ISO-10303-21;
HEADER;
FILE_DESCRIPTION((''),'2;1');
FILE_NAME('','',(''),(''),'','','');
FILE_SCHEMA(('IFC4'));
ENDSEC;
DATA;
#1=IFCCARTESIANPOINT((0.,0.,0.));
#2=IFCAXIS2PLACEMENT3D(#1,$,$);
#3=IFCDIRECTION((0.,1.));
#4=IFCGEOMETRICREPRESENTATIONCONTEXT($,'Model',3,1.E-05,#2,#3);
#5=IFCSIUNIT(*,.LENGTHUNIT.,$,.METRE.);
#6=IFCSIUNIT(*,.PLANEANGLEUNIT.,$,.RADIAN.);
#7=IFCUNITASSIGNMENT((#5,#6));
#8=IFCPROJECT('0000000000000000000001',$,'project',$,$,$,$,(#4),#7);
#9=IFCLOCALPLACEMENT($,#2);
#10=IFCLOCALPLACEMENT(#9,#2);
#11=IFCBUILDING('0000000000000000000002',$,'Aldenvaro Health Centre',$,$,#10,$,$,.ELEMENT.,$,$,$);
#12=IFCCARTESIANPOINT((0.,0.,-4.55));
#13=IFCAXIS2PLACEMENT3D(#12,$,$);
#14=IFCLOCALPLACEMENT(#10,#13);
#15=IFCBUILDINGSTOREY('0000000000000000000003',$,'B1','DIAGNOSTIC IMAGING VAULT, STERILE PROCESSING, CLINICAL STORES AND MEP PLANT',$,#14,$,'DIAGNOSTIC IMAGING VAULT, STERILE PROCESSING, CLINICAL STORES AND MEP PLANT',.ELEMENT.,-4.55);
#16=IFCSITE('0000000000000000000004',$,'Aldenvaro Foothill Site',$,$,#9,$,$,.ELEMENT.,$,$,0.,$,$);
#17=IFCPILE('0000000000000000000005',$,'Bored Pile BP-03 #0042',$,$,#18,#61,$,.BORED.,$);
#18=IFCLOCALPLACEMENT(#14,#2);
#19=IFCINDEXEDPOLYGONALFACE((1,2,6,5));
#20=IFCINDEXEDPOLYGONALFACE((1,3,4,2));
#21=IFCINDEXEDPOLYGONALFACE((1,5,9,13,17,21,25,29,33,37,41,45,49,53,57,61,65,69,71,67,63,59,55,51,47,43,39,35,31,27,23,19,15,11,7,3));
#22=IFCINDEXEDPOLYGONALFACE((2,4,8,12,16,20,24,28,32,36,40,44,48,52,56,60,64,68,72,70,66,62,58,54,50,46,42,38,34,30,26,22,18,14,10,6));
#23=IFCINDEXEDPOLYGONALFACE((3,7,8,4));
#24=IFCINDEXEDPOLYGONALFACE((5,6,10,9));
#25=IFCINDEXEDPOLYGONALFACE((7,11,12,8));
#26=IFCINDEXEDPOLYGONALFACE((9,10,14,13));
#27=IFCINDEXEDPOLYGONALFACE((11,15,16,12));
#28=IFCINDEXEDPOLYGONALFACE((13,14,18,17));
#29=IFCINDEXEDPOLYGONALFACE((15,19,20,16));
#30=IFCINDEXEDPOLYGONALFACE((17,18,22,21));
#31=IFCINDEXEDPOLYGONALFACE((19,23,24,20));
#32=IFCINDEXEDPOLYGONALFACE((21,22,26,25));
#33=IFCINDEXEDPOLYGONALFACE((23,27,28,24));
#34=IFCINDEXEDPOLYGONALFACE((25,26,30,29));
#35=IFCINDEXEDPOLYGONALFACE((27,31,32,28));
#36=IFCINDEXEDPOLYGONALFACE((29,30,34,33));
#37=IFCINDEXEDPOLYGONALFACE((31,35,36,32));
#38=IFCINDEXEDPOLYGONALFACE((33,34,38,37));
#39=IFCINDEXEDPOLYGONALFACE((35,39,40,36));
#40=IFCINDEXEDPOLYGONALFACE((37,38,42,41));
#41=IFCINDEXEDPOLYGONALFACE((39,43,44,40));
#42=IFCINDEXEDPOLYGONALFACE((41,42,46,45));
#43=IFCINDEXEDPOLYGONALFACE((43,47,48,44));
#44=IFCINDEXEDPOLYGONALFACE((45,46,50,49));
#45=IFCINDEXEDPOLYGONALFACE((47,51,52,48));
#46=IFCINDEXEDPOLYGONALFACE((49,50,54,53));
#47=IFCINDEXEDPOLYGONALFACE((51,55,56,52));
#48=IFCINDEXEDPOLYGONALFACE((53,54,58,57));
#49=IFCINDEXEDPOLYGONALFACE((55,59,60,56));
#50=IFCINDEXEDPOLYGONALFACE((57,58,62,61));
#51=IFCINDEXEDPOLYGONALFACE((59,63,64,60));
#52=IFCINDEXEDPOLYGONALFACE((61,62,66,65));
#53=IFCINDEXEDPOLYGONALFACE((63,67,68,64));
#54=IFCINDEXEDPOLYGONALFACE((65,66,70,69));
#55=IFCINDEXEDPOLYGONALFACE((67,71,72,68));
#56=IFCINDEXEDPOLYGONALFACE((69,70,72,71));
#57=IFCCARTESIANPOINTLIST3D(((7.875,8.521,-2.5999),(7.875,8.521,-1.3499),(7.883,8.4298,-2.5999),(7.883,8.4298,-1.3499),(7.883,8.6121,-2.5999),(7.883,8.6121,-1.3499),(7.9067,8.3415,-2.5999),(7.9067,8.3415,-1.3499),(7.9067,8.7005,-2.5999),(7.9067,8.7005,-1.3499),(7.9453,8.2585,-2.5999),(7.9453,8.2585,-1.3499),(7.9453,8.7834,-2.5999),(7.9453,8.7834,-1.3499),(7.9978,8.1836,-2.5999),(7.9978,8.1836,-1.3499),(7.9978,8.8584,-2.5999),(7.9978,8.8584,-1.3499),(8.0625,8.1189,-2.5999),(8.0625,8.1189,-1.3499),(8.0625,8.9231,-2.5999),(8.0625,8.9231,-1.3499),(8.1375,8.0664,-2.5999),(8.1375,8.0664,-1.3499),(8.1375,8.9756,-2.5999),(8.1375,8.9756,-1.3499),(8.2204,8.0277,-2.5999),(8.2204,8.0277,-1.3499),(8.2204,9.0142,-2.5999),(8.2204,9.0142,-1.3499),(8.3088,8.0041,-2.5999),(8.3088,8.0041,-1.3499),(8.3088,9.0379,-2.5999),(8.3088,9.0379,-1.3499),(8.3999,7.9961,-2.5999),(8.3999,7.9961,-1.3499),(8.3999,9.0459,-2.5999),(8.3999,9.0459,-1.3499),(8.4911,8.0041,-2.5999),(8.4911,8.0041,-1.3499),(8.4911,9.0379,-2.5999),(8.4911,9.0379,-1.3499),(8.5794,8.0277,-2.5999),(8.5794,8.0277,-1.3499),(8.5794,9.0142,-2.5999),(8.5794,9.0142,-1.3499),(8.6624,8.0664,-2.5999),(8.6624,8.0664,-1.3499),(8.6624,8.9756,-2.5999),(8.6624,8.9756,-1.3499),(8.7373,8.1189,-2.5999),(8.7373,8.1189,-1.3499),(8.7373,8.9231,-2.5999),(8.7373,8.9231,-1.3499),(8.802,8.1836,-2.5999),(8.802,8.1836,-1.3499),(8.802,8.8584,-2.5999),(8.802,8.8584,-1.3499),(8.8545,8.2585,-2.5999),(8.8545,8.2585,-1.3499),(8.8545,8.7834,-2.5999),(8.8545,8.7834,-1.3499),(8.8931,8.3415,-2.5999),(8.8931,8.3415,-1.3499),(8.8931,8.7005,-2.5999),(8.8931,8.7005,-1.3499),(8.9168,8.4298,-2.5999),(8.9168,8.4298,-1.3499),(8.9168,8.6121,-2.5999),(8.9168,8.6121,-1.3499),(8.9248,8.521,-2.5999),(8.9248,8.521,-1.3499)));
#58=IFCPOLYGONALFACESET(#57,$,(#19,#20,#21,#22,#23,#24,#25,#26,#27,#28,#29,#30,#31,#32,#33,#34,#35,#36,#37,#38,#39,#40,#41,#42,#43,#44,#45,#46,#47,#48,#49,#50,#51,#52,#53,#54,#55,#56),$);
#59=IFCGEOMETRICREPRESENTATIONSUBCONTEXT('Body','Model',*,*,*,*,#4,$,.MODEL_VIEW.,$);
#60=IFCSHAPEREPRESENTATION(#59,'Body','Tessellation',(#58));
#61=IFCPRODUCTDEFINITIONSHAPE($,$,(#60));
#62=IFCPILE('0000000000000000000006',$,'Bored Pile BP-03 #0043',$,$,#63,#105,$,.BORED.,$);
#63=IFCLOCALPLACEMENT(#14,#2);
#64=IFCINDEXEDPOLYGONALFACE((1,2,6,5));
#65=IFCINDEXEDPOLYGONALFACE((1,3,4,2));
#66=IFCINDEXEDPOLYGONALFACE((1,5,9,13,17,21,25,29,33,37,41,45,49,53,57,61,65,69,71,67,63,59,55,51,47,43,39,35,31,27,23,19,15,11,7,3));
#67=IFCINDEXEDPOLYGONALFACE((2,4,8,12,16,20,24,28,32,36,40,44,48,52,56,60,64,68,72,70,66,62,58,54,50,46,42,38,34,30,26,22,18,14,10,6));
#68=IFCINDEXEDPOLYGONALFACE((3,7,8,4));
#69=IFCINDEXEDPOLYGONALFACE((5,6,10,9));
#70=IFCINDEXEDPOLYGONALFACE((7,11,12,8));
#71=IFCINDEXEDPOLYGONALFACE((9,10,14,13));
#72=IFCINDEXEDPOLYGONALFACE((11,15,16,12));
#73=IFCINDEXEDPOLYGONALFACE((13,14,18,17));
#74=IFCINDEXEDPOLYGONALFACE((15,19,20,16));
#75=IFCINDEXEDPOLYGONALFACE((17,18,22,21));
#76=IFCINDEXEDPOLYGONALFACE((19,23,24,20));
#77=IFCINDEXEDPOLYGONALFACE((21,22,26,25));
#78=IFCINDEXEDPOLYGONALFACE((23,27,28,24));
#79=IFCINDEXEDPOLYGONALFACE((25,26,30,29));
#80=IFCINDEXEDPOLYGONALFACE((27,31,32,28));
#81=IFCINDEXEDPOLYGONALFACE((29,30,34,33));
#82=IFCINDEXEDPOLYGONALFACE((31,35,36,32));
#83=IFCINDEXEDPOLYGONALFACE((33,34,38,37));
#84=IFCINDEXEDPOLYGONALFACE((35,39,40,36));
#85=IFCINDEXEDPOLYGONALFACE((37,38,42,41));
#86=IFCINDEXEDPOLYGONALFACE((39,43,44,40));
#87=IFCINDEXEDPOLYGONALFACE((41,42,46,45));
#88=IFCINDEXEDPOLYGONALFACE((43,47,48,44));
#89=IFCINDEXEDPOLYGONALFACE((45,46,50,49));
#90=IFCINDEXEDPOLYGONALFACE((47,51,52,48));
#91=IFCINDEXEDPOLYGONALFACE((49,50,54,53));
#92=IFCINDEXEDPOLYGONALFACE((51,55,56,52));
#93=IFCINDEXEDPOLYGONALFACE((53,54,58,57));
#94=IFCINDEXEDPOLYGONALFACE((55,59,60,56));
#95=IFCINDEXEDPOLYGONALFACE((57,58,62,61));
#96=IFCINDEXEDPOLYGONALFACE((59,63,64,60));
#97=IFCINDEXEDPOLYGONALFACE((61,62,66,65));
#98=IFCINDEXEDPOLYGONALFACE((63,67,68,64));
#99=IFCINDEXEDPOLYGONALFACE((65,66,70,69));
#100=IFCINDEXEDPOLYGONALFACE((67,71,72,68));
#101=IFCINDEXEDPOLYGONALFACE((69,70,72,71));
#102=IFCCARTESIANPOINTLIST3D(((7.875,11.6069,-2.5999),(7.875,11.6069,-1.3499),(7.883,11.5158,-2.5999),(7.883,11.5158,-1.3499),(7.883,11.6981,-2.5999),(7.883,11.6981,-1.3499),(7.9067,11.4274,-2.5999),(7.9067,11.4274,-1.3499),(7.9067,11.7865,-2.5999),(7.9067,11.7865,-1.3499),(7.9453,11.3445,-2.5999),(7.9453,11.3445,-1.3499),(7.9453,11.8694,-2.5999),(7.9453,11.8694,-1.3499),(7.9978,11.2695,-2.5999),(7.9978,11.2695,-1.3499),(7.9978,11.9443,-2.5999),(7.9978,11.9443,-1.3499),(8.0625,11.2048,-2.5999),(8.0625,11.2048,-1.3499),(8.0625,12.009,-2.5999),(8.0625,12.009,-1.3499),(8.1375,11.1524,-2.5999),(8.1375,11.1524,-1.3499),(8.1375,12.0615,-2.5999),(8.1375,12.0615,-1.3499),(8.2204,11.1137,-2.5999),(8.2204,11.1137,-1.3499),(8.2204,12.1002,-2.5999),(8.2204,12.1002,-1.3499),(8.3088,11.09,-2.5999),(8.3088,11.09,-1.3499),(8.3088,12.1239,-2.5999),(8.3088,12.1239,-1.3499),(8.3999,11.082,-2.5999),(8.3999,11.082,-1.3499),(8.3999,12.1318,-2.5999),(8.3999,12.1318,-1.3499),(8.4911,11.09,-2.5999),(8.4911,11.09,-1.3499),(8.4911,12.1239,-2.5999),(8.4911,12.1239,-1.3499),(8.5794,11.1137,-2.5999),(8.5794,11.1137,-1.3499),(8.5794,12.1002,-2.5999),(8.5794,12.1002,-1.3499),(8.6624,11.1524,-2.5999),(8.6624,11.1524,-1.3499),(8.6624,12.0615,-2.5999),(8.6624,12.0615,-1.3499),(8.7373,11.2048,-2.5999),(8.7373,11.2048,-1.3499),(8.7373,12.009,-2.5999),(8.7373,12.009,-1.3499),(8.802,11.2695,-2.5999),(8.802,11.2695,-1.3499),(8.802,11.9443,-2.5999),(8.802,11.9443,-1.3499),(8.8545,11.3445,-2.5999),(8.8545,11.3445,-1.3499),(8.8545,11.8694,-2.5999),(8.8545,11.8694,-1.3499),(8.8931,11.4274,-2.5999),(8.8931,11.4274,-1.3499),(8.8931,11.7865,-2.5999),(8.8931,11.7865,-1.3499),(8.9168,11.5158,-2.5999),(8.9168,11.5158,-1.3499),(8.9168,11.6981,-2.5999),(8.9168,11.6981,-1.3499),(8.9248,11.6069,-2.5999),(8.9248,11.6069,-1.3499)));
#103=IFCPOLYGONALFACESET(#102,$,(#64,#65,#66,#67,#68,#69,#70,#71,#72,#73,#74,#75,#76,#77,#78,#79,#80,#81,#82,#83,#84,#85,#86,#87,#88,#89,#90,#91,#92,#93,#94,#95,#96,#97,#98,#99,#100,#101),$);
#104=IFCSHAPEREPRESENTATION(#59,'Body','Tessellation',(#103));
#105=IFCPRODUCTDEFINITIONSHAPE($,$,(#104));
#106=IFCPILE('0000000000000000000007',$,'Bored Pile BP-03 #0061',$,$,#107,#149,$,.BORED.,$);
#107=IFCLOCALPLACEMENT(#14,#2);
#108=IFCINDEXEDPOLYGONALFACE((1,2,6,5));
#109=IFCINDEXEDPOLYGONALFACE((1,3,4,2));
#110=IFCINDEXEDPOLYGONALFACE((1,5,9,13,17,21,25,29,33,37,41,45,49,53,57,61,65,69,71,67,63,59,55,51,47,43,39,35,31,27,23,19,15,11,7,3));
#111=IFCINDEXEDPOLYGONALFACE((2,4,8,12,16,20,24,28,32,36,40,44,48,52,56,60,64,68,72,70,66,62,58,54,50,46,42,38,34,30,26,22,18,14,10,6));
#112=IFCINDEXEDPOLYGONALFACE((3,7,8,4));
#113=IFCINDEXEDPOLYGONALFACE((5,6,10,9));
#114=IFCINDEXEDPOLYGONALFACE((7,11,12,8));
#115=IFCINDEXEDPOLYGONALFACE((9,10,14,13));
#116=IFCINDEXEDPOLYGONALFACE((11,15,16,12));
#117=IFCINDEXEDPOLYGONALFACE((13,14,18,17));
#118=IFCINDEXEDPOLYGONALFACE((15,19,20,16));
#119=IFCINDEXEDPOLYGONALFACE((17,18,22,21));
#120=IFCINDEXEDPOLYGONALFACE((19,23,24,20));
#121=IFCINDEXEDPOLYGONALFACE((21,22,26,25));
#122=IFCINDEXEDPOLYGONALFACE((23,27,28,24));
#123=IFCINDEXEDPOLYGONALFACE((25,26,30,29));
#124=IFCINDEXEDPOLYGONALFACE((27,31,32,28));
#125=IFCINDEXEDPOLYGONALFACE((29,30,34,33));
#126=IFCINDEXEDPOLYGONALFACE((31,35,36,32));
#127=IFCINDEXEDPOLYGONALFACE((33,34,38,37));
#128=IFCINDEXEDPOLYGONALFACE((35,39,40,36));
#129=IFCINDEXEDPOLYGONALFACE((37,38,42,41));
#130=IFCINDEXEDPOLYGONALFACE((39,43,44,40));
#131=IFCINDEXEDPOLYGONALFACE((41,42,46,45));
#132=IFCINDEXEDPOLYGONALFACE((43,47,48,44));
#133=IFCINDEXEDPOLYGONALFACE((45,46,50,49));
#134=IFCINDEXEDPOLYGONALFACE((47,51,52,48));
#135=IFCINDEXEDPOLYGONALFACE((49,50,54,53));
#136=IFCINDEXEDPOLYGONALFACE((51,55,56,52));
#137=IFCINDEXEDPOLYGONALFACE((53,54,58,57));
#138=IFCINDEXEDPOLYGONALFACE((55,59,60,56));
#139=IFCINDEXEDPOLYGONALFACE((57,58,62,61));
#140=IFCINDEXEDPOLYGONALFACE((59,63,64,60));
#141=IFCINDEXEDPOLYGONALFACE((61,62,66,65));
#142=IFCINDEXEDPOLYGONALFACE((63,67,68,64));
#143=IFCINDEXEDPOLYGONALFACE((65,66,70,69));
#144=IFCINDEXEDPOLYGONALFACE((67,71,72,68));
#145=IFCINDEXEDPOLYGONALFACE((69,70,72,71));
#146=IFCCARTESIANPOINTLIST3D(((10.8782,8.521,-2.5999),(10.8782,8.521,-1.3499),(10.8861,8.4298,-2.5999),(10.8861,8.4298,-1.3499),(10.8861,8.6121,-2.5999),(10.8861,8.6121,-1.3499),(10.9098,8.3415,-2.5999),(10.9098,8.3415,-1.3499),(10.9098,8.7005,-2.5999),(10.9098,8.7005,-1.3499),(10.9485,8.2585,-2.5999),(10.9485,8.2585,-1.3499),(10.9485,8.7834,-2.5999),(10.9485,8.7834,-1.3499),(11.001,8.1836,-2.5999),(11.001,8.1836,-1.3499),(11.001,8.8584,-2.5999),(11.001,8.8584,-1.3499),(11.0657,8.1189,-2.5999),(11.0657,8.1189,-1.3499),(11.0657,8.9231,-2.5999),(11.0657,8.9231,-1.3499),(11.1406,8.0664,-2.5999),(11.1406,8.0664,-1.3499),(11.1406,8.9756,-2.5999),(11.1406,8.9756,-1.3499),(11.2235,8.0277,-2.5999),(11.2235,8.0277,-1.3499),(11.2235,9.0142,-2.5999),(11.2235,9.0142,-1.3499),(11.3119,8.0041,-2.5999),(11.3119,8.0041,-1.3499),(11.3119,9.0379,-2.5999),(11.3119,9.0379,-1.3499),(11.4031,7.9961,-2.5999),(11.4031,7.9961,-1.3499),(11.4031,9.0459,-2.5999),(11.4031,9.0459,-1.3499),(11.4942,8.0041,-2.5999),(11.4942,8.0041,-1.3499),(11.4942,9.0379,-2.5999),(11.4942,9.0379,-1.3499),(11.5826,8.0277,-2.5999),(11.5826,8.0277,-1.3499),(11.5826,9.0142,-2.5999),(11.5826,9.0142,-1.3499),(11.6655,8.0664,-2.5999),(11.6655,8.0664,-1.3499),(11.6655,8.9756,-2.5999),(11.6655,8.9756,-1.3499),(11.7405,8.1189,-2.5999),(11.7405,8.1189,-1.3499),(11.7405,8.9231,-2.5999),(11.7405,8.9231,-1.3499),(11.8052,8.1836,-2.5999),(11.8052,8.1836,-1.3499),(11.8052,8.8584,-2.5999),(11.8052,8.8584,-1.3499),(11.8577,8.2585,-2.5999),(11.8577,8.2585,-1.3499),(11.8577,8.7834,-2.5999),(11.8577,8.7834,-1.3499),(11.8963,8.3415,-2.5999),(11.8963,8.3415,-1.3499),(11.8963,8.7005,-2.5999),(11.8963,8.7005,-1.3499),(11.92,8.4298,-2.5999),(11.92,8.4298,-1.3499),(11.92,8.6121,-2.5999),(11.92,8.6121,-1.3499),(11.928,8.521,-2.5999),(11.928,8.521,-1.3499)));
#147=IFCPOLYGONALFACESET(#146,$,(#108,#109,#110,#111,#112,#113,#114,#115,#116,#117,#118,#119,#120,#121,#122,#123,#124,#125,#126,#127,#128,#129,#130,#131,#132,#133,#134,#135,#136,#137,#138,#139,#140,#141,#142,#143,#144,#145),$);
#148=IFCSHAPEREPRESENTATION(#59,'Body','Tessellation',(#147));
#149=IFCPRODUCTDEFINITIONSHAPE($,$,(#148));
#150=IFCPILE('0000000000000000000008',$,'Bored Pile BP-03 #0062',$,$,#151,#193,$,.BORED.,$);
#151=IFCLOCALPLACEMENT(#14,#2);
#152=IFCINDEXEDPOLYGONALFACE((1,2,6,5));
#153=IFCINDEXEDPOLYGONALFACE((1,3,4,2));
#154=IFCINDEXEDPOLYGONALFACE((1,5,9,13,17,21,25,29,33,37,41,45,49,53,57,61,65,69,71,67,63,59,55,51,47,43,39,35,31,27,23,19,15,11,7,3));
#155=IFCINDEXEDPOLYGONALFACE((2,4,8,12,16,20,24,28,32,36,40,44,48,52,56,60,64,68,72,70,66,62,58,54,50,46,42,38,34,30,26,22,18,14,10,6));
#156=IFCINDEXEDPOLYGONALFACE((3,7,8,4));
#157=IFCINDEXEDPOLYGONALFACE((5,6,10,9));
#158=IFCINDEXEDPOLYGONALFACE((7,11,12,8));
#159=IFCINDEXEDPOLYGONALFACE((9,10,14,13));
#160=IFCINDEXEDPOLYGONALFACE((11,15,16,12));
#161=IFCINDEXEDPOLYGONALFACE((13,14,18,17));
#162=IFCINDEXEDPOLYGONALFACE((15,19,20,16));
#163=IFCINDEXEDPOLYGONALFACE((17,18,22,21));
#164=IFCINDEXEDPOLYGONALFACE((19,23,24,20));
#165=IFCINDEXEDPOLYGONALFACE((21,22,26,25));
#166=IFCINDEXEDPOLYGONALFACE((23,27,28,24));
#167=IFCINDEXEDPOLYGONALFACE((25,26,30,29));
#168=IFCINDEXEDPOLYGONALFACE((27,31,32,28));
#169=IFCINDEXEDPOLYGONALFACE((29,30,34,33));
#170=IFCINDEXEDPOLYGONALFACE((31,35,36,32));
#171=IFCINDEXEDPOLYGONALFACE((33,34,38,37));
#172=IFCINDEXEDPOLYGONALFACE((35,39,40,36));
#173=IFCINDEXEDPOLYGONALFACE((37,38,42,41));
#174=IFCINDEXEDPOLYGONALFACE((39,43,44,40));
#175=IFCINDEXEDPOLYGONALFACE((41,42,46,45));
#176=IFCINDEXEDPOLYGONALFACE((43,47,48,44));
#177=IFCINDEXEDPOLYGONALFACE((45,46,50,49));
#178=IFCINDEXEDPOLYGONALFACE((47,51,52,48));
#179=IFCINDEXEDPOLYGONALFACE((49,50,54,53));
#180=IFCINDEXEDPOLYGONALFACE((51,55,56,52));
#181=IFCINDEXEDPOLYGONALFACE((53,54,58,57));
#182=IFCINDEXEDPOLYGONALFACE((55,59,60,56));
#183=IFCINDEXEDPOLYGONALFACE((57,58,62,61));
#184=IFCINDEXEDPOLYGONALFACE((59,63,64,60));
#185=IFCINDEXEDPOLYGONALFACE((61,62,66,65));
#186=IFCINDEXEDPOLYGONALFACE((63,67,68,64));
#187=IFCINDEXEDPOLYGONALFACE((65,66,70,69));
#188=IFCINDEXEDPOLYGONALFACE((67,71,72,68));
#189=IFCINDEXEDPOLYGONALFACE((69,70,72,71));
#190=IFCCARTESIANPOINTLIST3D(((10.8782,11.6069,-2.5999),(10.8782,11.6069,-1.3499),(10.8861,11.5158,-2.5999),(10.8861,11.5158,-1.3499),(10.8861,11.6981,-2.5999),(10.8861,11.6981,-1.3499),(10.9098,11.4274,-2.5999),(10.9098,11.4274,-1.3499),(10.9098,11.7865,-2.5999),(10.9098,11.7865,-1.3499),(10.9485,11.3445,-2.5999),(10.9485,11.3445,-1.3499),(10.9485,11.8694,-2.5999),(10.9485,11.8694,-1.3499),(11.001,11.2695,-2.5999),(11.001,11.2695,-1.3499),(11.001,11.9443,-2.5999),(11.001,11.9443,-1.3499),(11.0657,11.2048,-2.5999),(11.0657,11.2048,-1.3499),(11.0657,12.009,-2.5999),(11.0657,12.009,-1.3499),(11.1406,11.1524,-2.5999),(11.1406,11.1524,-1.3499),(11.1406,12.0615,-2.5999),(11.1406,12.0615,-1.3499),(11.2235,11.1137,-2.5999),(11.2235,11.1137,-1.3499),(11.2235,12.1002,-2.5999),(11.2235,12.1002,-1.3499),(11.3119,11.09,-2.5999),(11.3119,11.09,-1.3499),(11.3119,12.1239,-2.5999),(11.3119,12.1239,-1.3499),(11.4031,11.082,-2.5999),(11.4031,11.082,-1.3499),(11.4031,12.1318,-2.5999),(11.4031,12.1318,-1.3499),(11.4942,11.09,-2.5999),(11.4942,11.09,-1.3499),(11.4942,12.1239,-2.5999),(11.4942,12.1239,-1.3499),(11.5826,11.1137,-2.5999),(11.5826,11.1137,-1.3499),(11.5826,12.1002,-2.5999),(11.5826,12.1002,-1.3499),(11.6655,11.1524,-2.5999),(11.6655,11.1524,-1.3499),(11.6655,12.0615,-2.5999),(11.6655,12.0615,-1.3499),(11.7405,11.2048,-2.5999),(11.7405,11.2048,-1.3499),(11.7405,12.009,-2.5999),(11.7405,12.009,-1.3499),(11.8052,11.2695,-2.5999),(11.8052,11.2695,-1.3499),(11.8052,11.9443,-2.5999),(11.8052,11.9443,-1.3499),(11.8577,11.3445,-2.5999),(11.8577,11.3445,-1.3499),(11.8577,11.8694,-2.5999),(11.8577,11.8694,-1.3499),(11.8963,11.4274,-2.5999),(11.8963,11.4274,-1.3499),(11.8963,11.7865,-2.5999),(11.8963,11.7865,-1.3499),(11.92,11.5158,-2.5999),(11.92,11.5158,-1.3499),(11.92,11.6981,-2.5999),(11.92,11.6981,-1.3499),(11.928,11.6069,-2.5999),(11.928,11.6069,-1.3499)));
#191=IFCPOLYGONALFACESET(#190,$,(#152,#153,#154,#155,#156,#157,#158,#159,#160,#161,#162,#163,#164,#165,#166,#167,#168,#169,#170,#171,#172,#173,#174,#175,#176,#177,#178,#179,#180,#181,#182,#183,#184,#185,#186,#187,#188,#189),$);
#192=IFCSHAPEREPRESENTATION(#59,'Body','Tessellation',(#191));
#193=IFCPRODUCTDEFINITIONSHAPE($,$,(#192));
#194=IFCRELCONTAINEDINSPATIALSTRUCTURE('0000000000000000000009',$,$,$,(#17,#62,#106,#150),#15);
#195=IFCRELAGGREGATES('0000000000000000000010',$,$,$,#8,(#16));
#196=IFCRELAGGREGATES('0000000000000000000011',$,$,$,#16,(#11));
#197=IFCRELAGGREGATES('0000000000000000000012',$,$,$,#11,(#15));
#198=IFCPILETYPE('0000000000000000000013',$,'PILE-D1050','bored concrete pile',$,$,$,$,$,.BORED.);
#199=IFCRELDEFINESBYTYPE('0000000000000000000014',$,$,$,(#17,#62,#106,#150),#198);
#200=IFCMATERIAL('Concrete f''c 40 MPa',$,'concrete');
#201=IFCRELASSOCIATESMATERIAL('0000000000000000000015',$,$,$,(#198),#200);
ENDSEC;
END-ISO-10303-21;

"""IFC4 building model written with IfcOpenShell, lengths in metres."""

from ifc_helpers import new_model, si_unit, direction, frame, origin, origin_2d, place, context, subcontext, project, spatial, circle, extrude, material, material_profile, profile_set, type_object, element, save


model = new_model("IFC4")

# Units and contexts
model_context = context("Model", 3, precision=1e-05, world=origin(), true_north=direction((0.0, 1.0)))
body_context = subcontext(model_context, "Body", "Model", "MODEL_VIEW")
ifc_project = project(units=[si_unit("LENGTHUNIT", "METRE"), si_unit("PLANEANGLEUNIT", "RADIAN")], contexts=[model_context])

# Site, building, storey
site_placement = place(None, origin())
site = spatial("IfcSite", under=ifc_project, at=site_placement, Name="Aldenvaro Foothill Site", CompositionType="ELEMENT", RefElevation=0.0)
building_placement = place(site_placement, origin())
building = spatial("IfcBuilding", under=site, at=building_placement, Name="Aldenvaro Health Centre", CompositionType="ELEMENT")
storey_placement = place(building_placement, frame((0.0, 0.0, -4.55)))
storey = spatial("IfcBuildingStorey", under=building, at=storey_placement, Name="B1", Description="DIAGNOSTIC IMAGING VAULT, STERILE PROCESSING, CLINICAL STORES AND MEP PLANT", LongName="DIAGNOSTIC IMAGING VAULT, STERILE PROCESSING, CLINICAL STORES AND MEP PLANT", CompositionType="ELEMENT", Elevation=-4.55)

# Piles
ifc_material_1 = material(Name="Concrete f'c 40 MPa", Category="concrete")
ifc_material_profile_1 = material_profile(ifc_material_1, circle(Radius=0.5249, at=origin_2d()), Name="PILE D1050", Category="concrete")
ifc_profile_set_1 = profile_set([ifc_material_profile_1], Name="Concrete f'c 40 MPa")
pile_type = type_object("IfcPileType", Name="PILE-D1050", Description="bored concrete pile", PredefinedType="BORED", material=ifc_profile_set_1)
for number, where, z_axis, x_axis, name in (
    (1, (8.3999, 8.521, -1.3499), (0.0, 0.0, -1.0), (1.0, 0.0, 0.0), "Bored Pile BP-03 #0042"),
    (2, (8.3999, 11.6069, -1.3499), (0.0, 0.0, -1.0), (1.0, 0.0, 0.0), "Bored Pile BP-03 #0043"),
    (3, (11.4031, 8.521, -1.3499), (0.0, 0.0, -1.0), (1.0, 0.0, 0.0), "Bored Pile BP-03 #0061"),
    (4, (11.4031, 11.6069, -1.3499), (0.0, 0.0, -1.0), (1.0, 0.0, 0.0), "Bored Pile BP-03 #0062"),
):
    element("IfcPile", number, at=place(storey_placement, frame(where, z_axis=z_axis, x_axis=x_axis)), inside=storey, type_object=pile_type, Name=name, PredefinedType="BORED", context=body_context, shape_type="SweptSolid", body=[
        extrude(circle(Radius=0.5249, at=origin_2d()), origin(), (0.0, 0.0, 1.0), 1.25),
    ])

save(model, "model.ifc")
